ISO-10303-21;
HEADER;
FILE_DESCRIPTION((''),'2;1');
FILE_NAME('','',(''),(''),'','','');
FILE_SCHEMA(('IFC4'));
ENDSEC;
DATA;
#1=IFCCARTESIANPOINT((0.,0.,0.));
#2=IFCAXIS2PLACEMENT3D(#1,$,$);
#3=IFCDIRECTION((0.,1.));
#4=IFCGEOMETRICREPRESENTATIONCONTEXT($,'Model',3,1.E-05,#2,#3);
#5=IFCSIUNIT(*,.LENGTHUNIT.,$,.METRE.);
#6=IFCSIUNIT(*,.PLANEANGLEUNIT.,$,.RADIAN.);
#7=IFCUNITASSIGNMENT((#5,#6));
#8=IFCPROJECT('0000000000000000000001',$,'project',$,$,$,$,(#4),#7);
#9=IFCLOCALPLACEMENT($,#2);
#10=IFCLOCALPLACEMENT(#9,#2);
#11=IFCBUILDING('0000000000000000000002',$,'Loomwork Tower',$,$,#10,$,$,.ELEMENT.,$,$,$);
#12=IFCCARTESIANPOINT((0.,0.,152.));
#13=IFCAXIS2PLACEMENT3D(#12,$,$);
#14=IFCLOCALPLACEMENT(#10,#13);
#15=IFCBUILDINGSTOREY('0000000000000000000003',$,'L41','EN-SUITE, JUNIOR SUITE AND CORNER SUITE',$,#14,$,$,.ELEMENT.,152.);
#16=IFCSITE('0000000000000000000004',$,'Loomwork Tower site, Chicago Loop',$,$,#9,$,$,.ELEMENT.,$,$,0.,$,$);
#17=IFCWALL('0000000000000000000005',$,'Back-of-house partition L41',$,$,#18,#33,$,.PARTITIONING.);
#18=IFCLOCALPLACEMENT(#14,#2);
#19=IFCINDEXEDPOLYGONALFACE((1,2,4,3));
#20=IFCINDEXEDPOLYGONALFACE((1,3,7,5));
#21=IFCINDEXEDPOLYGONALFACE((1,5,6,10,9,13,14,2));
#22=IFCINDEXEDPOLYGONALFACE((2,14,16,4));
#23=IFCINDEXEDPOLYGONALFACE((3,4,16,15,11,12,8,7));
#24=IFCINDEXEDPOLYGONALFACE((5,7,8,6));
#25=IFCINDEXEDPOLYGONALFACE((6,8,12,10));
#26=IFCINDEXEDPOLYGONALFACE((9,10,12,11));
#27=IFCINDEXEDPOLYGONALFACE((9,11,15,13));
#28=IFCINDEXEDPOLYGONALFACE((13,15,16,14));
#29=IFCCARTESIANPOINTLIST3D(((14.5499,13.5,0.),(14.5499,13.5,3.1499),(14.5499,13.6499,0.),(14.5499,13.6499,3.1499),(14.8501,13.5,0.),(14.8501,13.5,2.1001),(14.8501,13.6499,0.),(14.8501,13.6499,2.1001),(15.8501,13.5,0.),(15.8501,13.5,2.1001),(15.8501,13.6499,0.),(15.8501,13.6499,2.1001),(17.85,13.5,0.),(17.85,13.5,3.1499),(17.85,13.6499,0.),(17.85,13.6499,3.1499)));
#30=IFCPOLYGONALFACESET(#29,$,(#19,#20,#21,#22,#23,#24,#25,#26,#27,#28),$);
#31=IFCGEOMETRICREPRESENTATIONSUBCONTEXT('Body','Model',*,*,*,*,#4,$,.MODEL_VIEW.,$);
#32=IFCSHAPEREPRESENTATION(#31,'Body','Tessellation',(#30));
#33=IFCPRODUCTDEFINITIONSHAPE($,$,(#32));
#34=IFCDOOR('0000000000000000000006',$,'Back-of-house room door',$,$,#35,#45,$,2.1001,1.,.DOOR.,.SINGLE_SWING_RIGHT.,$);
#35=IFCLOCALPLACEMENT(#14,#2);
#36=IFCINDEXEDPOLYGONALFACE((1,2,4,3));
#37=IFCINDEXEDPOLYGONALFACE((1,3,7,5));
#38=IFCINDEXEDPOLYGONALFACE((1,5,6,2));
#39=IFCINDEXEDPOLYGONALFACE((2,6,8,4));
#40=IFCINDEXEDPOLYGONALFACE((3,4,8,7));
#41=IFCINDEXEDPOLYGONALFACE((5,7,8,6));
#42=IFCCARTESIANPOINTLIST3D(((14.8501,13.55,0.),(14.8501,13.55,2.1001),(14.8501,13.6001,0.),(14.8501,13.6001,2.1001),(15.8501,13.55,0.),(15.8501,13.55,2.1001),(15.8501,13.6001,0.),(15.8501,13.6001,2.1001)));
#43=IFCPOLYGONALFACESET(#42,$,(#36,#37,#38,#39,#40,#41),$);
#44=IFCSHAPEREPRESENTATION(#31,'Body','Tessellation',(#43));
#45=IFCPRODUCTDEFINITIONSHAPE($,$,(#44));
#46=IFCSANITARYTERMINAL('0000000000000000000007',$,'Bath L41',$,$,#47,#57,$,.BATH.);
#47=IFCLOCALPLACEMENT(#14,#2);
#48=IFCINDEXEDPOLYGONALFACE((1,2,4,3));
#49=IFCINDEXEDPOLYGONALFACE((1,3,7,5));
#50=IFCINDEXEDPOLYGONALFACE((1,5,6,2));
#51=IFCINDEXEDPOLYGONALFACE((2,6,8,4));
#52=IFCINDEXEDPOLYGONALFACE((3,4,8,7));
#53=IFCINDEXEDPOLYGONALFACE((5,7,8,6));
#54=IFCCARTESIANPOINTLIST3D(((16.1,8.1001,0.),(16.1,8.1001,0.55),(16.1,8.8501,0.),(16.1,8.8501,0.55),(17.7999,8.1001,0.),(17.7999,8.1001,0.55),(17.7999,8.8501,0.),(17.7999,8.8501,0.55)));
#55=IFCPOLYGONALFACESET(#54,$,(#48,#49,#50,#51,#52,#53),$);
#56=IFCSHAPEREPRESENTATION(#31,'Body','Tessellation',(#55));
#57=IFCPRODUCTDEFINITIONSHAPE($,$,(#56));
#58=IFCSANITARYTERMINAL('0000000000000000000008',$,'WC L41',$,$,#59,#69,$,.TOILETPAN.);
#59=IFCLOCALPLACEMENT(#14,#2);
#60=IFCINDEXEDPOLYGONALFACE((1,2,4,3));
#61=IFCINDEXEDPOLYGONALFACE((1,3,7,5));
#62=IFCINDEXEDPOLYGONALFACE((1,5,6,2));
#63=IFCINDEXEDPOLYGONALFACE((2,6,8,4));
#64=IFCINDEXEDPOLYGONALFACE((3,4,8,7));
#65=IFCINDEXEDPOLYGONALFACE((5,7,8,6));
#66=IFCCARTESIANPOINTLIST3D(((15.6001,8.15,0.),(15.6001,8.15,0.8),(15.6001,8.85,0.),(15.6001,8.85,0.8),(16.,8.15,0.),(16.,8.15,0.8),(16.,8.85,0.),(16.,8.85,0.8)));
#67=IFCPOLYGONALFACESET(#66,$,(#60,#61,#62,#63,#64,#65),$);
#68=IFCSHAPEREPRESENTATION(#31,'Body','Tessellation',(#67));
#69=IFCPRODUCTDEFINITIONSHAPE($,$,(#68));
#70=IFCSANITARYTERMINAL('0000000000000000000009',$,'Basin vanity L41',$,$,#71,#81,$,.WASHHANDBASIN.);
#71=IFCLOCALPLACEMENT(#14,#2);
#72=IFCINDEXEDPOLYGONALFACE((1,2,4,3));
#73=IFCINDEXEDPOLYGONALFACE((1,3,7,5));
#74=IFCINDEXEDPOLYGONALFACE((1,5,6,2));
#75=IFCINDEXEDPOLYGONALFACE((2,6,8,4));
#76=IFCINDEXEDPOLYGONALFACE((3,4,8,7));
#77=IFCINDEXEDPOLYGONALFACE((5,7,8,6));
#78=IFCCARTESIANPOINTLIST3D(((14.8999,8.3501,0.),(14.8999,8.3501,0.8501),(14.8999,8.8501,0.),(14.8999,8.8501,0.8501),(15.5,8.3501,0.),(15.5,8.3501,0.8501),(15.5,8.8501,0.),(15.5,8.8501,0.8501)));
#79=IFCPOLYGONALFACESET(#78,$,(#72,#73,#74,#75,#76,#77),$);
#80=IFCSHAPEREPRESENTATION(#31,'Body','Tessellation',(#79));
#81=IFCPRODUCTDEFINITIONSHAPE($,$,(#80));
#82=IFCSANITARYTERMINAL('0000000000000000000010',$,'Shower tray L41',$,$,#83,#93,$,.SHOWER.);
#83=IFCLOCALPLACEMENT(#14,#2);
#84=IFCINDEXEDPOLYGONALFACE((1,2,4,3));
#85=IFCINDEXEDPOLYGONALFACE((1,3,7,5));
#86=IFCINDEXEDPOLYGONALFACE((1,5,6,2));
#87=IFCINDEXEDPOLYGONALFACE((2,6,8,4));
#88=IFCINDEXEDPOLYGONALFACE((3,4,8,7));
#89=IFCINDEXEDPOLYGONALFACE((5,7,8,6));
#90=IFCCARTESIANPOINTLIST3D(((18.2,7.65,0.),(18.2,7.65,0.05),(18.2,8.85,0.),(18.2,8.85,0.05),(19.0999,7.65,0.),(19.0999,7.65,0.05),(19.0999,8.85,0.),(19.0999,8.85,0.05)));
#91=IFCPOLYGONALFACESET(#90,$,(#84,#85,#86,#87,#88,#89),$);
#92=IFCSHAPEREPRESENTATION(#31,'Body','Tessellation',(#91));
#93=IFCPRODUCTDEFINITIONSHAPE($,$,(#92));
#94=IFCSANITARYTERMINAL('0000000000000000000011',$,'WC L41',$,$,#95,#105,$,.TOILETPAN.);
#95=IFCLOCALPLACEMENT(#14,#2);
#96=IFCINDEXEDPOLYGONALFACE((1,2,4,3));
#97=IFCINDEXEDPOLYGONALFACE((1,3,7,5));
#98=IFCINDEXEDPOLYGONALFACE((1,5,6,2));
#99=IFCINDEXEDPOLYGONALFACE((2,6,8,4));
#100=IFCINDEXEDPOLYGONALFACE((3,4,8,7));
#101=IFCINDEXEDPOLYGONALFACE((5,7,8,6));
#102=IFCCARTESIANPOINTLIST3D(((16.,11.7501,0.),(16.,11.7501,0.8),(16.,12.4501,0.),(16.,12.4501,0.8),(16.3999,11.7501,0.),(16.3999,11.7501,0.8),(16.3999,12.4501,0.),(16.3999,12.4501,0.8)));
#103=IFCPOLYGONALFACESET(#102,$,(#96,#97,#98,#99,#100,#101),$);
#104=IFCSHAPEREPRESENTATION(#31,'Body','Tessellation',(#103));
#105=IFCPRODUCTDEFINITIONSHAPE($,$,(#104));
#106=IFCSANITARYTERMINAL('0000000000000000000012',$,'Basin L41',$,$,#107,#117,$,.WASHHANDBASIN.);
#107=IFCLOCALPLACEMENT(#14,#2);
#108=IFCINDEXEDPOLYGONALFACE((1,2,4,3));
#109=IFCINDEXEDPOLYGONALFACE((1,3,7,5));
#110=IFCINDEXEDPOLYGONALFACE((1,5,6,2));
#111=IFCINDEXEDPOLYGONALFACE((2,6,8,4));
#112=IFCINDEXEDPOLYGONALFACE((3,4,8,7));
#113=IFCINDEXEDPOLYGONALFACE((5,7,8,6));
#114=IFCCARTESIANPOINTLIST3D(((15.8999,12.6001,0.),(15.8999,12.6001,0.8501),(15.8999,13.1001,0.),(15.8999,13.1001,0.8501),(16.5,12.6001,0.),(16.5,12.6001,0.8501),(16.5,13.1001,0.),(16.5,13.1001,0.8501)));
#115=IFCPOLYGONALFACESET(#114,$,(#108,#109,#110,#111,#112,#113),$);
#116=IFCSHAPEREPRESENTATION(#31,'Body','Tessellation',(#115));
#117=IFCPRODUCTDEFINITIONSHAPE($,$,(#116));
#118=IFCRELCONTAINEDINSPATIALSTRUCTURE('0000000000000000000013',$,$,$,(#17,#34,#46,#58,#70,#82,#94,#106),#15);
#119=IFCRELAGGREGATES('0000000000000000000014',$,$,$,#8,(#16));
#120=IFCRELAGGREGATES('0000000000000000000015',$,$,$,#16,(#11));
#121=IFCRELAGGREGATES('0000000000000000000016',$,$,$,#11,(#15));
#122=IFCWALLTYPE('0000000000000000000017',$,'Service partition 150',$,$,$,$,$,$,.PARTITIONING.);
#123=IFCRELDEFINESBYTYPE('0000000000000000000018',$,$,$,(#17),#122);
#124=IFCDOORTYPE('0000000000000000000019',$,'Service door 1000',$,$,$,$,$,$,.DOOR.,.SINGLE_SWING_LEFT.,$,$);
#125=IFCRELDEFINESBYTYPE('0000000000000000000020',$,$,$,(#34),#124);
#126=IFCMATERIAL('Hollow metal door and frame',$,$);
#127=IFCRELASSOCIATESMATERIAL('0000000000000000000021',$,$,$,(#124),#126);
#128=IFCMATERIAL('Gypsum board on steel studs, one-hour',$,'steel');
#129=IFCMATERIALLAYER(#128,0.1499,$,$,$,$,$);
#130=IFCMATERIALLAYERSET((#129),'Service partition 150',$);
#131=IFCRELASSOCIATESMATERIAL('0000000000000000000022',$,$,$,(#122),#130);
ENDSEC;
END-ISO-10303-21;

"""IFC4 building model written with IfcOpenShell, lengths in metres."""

from ifc_helpers import new_model, si_unit, direction, frame, frame_2d, origin, origin_2d, place, context, subcontext, project, spatial, rectangle, extrude, material, layer, layer_set, type_object, element, fill, save


model = new_model("IFC4")

# Units and contexts
model_context = context("Model", 3, precision=1e-05, world=origin(), true_north=direction((0.0, 1.0)))
body_context = subcontext(model_context, "Body", "Model", "MODEL_VIEW")
ifc_project = project(units=[si_unit("LENGTHUNIT", "METRE"), si_unit("PLANEANGLEUNIT", "RADIAN")], contexts=[model_context])

# Site, building, storey
site_placement = place(None, origin())
site = spatial("IfcSite", under=ifc_project, at=site_placement, Name="Loomwork Tower site, Chicago Loop", CompositionType="ELEMENT", RefElevation=0.0)
building_placement = place(site_placement, origin())
building = spatial("IfcBuilding", under=site, at=building_placement, Name="Loomwork Tower", CompositionType="ELEMENT")
storey_placement = place(building_placement, frame((0.0, 0.0, 152.0)))
storey = spatial("IfcBuildingStorey", under=building, at=storey_placement, Name="L41", Description="EN-SUITE, JUNIOR SUITE AND CORNER SUITE", CompositionType="ELEMENT", Elevation=152.0)

# Shared definitions
ifc_material_1 = material(Name="Hollow metal door and frame")
door_type_1 = type_object("IfcDoorType", Name="Service door 1000", OperationType="SINGLE_SWING_LEFT", PredefinedType="DOOR", material=ifc_material_1)

# Wall, opening, door
ifc_material_2 = material(Name="Gypsum board on steel studs, one-hour", Category="steel")
ifc_layer_1 = layer(ifc_material_2, 0.1499)
ifc_layer_set_1 = layer_set([ifc_layer_1], Name="Service partition 150")
wall_type_1 = type_object("IfcWallType", Name="Service partition 150", PredefinedType="PARTITIONING", material=ifc_layer_set_1)
wall_1_placement = place(storey_placement, frame((14.55, 13.575, 0.0), z_axis=(0.0, 0.0, 1.0), x_axis=(1.0, 0.0, 0.0)))
wall_1 = element("IfcWall", 1, at=wall_1_placement, inside=storey, type_object=wall_type_1, Name="Back-of-house partition L41", PredefinedType="PARTITIONING", context=body_context, shape_type="SweptSolid", body=[
    extrude(rectangle(XDim=3.3, YDim=0.1499, at=frame_2d((1.6499, 0.0))), origin(), (0.0, 0.0, 1.0), 3.1499),
])
opening_1_placement = place(wall_1_placement, frame((0.3, 0.0, 0.0)))
opening_1 = element("IfcOpeningElement", 2, at=opening_1_placement, cuts=wall_1, PredefinedType="OPENING", context=body_context, shape_type="SweptSolid", body=[
    extrude(rectangle(XDim=1.0, YDim=2.1001, at=frame_2d((0.5, 1.05))), frame((0.0, 0.085, 0.0), z_axis=(0.0, -1.0, 0.0), x_axis=(1.0, 0.0, 0.0)), (0.0, 0.0, 1.0), 0.1699),
])
door_1_placement = place(opening_1_placement, frame((1.0, 0.0, 0.0), z_axis=(0.0, 0.0, 1.0), x_axis=(-1.0, 0.0, 0.0)))
door_1 = element("IfcDoor", 3, at=door_1_placement, inside=storey, type_object=door_type_1, Name="Back-of-house room door", OperationType="SINGLE_SWING_RIGHT", OverallHeight=2.1001, OverallWidth=1.0, PredefinedType="DOOR", context=body_context, shape_type="SweptSolid", body=[
    extrude(rectangle(XDim=1.0, YDim=2.1001, at=frame_2d((0.5, 1.05))), frame((0.0, 0.0249, 0.0), z_axis=(0.0, -1.0, 0.0), x_axis=(1.0, 0.0, 0.0)), (0.0, 0.0, 1.0), 0.05),
])
fill(opening_1, door_1)

# Sanitary terminals
sanitary_terminal_1_placement = place(storey_placement, frame((16.95, 8.4751, 0.0), z_axis=(0.0, 0.0, 1.0), x_axis=(1.0, 0.0, 0.0)))
element("IfcSanitaryTerminal", 4, at=sanitary_terminal_1_placement, inside=storey, Name="Bath L41", PredefinedType="BATH", context=body_context, shape_type="SweptSolid", body=[
    extrude(rectangle(XDim=1.7, YDim=0.75, at=origin_2d()), origin(), (0.0, 0.0, 1.0), 0.55),
])
sanitary_terminal_2_placement = place(storey_placement, frame((15.8, 8.5, 0.0), z_axis=(0.0, 0.0, 1.0), x_axis=(1.0, 0.0, 0.0)))
element("IfcSanitaryTerminal", 5, at=sanitary_terminal_2_placement, inside=storey, Name="WC L41", PredefinedType="TOILETPAN", context=body_context, shape_type="SweptSolid", body=[
    extrude(rectangle(XDim=0.3999, YDim=0.7, at=origin_2d()), origin(), (0.0, 0.0, 1.0), 0.8),
])
sanitary_terminal_3_placement = place(storey_placement, frame((15.2, 8.6001, 0.0), z_axis=(0.0, 0.0, 1.0), x_axis=(1.0, 0.0, 0.0)))
element("IfcSanitaryTerminal", 6, at=sanitary_terminal_3_placement, inside=storey, Name="Basin vanity L41", PredefinedType="WASHHANDBASIN", context=body_context, shape_type="SweptSolid", body=[
    extrude(rectangle(XDim=0.6001, YDim=0.5, at=origin_2d()), origin(), (0.0, 0.0, 1.0), 0.8501),
])
sanitary_terminal_4_placement = place(storey_placement, frame((18.6499, 8.25, 0.0), z_axis=(0.0, 0.0, 1.0), x_axis=(1.0, 0.0, 0.0)))
element("IfcSanitaryTerminal", 7, at=sanitary_terminal_4_placement, inside=storey, Name="Shower tray L41", PredefinedType="SHOWER", context=body_context, shape_type="SweptSolid", body=[
    extrude(rectangle(XDim=0.8999, YDim=1.2, at=origin_2d()), origin(), (0.0, 0.0, 1.0), 0.05),
])
sanitary_terminal_5_placement = place(storey_placement, frame((16.2, 12.1001, 0.0), z_axis=(0.0, 0.0, 1.0), x_axis=(1.0, 0.0, 0.0)))
element("IfcSanitaryTerminal", 8, at=sanitary_terminal_5_placement, inside=storey, Name="WC L41", PredefinedType="TOILETPAN", context=body_context, shape_type="SweptSolid", body=[
    extrude(rectangle(XDim=0.3999, YDim=0.7, at=origin_2d()), origin(), (0.0, 0.0, 1.0), 0.8),
])
sanitary_terminal_6_placement = place(storey_placement, frame((16.2, 12.8501, 0.0), z_axis=(0.0, 0.0, 1.0), x_axis=(1.0, 0.0, 0.0)))
element("IfcSanitaryTerminal", 9, at=sanitary_terminal_6_placement, inside=storey, Name="Basin L41", PredefinedType="WASHHANDBASIN", context=body_context, shape_type="SweptSolid", body=[
    extrude(rectangle(XDim=0.6001, YDim=0.5, at=origin_2d()), origin(), (0.0, 0.0, 1.0), 0.8501),
])

save(model, "model.ifc")
